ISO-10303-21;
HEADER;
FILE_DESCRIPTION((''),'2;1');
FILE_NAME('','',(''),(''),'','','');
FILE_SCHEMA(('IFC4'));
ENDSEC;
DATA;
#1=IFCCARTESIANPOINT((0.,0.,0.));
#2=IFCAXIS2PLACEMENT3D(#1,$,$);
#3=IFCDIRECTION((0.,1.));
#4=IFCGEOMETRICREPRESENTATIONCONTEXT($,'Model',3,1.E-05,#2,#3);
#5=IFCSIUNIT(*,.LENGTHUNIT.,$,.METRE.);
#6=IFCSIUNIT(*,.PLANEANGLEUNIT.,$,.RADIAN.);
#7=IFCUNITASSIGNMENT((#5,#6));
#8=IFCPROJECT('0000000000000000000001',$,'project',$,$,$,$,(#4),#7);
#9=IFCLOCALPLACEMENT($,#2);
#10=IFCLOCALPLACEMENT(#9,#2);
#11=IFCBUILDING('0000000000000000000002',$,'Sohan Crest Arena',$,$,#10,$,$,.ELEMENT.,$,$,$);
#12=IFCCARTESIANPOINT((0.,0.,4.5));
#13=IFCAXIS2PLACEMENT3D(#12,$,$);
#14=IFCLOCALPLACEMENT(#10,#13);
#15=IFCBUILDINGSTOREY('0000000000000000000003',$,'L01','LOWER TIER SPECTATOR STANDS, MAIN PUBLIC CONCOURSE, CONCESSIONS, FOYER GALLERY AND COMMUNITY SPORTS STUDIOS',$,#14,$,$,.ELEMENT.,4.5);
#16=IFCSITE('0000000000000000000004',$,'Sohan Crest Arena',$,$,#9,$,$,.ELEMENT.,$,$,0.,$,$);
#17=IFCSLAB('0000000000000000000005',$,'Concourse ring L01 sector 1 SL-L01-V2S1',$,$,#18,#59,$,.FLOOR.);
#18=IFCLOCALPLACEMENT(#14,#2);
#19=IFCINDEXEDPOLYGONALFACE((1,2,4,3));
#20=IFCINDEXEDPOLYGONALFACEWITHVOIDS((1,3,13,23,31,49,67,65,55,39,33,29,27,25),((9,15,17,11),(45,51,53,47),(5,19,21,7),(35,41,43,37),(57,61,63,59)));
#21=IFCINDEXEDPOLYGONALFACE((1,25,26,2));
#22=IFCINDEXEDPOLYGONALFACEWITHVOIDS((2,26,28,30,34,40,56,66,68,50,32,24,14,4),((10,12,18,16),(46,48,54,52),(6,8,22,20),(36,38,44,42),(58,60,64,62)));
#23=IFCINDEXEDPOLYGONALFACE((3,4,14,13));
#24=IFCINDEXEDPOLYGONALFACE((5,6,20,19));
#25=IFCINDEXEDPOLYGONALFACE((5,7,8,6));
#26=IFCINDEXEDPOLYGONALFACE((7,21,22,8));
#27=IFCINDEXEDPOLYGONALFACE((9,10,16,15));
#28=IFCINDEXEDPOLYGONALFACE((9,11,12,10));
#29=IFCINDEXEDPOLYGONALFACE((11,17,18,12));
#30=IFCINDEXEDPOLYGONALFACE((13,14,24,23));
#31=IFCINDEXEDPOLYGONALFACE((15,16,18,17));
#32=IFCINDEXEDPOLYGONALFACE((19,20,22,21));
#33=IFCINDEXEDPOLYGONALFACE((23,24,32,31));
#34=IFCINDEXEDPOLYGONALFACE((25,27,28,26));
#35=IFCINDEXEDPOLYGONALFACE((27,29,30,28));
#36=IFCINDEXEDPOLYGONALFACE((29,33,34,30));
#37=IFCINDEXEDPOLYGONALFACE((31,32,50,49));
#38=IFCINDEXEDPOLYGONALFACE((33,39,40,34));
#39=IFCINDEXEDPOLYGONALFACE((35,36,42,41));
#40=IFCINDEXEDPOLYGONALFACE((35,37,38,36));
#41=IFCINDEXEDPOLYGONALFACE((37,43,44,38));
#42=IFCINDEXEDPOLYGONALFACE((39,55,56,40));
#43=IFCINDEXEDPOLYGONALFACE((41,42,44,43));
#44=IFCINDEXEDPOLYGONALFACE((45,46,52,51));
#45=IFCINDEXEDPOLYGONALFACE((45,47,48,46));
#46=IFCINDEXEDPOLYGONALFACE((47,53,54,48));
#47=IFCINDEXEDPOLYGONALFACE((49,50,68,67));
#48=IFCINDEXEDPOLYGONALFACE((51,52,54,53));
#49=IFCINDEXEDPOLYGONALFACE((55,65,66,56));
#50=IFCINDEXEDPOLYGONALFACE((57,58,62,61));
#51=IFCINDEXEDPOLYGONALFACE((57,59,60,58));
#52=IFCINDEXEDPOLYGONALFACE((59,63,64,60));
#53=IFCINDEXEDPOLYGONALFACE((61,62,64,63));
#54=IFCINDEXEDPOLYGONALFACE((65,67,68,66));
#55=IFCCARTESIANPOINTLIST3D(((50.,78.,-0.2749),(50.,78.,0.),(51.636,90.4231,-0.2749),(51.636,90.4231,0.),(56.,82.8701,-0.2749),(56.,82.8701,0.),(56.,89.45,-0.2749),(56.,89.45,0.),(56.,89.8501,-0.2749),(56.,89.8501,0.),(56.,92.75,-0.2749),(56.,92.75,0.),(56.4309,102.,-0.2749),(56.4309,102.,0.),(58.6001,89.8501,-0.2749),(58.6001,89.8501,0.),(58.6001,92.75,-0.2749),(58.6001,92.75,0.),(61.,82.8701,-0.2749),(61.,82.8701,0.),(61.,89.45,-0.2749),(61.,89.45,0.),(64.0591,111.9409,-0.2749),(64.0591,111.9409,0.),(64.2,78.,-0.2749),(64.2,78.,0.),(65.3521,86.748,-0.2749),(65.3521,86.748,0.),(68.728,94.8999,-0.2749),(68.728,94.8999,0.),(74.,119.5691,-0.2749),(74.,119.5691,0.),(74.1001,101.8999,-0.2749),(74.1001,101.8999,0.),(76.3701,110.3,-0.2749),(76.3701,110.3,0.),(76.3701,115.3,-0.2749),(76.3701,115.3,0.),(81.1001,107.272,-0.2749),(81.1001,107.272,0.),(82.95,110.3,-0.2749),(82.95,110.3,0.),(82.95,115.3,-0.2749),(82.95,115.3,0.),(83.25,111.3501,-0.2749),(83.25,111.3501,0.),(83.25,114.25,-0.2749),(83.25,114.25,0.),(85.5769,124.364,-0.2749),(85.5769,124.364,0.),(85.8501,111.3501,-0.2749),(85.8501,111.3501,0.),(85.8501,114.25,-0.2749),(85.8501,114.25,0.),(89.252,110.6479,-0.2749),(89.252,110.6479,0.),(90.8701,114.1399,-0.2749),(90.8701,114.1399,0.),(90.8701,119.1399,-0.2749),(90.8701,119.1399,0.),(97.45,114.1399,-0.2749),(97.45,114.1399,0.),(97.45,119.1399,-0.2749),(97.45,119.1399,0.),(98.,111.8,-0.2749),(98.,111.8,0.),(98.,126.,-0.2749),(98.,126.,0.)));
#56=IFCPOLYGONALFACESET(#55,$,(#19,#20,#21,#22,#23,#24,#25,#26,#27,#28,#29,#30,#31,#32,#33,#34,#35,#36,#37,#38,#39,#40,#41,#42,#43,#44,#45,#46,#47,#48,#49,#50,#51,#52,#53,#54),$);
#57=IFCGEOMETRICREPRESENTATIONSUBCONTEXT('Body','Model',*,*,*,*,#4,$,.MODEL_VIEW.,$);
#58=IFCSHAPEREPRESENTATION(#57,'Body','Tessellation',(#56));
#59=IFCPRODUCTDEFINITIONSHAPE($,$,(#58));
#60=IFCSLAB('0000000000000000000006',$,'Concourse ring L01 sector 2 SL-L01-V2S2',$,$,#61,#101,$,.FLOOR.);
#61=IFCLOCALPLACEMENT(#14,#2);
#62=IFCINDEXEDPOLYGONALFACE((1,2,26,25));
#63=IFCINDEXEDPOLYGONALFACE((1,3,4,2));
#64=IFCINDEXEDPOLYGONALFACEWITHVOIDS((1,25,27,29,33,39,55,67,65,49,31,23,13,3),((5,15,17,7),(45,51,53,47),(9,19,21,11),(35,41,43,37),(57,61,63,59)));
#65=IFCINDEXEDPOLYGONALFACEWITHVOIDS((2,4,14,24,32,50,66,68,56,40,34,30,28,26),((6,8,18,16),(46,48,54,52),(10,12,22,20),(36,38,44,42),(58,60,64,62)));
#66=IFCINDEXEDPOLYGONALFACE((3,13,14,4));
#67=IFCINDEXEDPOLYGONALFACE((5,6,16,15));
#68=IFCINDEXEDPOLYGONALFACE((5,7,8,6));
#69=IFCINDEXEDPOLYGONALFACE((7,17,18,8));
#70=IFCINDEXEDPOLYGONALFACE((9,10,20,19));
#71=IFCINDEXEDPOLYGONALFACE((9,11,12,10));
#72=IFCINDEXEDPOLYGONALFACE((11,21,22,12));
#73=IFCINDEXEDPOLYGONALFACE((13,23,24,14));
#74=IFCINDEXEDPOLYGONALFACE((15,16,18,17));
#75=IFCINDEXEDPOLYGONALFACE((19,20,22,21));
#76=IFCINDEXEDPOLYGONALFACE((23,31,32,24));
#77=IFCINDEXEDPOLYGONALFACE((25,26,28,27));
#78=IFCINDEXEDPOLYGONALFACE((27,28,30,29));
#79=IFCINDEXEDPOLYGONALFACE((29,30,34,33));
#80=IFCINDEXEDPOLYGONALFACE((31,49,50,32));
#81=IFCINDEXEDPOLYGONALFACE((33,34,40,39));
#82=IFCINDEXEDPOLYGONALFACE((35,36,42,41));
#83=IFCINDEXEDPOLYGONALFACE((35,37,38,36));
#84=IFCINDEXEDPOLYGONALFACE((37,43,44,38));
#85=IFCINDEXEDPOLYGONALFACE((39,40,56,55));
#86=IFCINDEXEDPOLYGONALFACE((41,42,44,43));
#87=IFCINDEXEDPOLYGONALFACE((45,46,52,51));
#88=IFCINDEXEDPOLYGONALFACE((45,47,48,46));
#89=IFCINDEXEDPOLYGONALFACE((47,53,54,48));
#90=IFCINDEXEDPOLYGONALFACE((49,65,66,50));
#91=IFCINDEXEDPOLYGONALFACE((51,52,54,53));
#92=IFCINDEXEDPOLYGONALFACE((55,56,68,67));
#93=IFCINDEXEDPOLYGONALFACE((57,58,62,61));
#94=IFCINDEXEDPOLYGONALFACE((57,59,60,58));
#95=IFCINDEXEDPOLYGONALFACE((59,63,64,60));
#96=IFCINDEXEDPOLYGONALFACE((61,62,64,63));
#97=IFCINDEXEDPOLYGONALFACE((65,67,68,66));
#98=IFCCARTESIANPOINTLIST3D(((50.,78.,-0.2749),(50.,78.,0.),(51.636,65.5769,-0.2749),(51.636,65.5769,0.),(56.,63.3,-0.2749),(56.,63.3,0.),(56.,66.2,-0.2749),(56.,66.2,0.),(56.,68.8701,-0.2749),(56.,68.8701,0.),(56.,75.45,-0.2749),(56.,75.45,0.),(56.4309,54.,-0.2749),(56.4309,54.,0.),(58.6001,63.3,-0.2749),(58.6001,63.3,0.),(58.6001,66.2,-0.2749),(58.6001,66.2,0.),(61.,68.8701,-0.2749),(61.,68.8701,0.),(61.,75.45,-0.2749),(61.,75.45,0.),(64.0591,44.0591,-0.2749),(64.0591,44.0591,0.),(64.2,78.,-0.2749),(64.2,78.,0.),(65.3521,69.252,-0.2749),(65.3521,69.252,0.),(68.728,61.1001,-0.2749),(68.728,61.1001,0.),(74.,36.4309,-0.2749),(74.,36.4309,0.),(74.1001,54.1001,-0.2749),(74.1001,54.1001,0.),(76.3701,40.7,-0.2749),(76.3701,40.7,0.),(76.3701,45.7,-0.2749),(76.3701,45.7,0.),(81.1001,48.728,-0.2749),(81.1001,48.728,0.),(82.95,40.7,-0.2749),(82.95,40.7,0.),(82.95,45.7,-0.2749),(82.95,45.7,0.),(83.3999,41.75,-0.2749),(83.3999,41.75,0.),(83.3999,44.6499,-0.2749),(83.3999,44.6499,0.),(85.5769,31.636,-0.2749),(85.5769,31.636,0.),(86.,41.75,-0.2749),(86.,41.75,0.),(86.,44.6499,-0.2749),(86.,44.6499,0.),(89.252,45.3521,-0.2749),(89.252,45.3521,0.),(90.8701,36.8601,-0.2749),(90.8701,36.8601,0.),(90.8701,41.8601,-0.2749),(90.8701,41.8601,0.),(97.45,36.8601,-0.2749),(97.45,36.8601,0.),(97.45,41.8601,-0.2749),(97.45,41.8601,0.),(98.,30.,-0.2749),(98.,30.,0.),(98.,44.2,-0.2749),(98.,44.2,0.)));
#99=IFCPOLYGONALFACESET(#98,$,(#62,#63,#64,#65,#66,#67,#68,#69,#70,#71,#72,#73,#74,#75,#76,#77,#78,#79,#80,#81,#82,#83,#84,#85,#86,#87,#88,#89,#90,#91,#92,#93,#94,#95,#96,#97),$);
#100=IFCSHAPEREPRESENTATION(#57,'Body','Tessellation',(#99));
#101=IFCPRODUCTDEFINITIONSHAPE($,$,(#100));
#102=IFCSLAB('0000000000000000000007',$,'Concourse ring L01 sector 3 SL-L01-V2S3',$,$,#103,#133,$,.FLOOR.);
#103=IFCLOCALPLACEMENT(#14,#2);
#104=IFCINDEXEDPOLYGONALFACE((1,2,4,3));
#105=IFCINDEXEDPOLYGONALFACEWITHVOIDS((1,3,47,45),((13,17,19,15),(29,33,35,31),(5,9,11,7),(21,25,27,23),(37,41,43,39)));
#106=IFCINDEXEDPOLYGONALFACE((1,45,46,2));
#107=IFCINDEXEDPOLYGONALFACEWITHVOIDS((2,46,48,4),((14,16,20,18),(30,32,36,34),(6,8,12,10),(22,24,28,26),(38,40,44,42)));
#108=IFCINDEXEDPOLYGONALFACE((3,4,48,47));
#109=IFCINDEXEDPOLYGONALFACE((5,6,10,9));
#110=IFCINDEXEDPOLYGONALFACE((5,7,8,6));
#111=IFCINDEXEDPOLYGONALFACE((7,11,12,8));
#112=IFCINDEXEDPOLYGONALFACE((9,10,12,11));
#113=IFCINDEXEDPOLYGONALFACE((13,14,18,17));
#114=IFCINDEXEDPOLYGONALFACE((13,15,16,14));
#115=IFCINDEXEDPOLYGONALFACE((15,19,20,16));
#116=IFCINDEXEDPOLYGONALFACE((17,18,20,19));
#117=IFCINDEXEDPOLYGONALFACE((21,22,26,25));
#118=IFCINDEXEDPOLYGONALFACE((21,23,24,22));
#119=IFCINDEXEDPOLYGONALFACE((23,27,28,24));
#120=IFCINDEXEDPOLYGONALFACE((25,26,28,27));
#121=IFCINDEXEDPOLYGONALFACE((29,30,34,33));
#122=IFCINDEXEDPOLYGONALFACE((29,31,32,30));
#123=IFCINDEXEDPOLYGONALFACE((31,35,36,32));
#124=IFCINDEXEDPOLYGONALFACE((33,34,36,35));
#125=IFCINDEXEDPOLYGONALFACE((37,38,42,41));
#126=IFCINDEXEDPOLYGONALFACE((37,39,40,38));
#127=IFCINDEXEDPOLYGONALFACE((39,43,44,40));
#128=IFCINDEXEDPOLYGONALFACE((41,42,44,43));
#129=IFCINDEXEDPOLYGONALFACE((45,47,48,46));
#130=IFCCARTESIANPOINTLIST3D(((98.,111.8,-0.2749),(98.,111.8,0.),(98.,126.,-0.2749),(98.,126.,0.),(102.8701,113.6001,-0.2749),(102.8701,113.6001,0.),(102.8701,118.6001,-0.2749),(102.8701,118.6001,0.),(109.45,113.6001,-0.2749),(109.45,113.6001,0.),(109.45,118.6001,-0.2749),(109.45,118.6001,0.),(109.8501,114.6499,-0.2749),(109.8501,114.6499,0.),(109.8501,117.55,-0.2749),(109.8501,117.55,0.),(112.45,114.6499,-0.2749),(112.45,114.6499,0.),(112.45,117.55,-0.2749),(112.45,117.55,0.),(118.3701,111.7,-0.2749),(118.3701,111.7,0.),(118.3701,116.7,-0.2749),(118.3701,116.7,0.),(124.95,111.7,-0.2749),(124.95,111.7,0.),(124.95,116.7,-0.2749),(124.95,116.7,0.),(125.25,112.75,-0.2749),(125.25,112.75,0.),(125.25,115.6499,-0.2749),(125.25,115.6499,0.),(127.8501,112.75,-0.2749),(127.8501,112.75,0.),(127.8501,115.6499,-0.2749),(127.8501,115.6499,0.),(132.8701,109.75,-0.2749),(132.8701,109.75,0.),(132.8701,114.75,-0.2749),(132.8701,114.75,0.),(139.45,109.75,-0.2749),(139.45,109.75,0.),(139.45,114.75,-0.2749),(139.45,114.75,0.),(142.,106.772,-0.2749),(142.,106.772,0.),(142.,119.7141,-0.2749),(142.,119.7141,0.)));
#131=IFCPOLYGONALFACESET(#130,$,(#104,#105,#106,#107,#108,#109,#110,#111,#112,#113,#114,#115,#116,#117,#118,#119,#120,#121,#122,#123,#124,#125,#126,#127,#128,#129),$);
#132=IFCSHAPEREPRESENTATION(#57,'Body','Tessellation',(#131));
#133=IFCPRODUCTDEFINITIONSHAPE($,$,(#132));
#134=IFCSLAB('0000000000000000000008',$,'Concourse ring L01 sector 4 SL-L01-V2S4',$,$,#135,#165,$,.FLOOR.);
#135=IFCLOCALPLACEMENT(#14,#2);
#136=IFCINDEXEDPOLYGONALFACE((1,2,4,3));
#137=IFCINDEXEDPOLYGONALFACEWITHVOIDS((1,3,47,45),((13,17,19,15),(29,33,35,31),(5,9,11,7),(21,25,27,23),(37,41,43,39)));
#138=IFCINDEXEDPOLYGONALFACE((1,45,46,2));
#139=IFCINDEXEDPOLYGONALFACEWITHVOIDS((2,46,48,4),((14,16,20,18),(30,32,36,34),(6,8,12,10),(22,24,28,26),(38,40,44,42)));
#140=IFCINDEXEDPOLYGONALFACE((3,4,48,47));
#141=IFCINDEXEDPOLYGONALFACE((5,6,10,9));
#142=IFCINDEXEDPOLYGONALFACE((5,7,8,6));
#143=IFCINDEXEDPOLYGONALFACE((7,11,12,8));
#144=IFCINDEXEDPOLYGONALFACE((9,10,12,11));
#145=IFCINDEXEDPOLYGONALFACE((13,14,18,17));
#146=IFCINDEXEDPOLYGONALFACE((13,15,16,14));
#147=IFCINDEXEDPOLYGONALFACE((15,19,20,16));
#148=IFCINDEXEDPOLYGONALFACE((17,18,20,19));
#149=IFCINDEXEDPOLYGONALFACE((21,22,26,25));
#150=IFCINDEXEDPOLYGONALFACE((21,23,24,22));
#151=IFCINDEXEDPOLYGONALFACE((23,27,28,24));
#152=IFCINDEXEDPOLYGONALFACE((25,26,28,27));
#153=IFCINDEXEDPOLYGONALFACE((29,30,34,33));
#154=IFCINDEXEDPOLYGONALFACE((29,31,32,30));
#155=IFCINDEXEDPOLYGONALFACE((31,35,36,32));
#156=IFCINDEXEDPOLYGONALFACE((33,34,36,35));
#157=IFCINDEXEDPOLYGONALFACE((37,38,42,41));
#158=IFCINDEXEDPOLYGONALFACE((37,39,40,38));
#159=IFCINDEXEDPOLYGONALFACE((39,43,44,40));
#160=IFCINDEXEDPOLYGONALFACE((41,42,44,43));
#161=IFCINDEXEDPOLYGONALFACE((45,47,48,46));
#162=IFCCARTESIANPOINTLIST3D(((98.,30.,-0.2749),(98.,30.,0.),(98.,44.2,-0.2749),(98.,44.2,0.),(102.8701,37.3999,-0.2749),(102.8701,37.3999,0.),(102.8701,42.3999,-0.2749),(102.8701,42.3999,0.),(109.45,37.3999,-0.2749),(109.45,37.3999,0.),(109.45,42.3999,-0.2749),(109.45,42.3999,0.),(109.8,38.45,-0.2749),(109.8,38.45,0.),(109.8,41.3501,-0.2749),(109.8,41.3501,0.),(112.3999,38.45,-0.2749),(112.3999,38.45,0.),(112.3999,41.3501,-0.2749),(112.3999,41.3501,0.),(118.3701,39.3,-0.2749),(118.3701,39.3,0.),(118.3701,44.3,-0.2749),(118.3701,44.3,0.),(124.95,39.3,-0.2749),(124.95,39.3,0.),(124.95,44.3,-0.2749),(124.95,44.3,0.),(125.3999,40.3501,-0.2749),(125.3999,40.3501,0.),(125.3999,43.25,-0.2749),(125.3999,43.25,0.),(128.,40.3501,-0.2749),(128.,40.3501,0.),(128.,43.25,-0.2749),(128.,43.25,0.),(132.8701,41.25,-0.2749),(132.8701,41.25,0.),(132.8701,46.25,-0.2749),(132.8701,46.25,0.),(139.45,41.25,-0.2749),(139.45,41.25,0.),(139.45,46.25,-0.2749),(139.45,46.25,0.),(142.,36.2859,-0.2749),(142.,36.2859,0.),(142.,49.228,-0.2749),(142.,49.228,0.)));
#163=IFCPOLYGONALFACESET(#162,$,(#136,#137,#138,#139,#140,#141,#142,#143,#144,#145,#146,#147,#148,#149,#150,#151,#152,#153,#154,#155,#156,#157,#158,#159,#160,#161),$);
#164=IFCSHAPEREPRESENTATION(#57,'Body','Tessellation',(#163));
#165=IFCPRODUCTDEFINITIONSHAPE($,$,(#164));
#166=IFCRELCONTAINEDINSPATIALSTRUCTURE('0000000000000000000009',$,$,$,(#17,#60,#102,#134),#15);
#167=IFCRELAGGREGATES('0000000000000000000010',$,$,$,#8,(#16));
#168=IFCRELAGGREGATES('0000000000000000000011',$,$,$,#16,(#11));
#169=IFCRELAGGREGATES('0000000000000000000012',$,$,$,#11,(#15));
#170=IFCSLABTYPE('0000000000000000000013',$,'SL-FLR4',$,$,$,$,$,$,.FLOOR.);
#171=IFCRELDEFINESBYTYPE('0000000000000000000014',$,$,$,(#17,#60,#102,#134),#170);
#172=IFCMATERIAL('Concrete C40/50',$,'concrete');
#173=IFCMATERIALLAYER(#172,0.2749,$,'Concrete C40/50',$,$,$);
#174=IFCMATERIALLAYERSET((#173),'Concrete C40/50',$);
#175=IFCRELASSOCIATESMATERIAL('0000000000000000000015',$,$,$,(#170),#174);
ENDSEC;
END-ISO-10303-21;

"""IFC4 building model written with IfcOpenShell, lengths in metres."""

from ifc_helpers import new_model, si_unit, direction, frame, origin, place, context, subcontext, project, spatial, polyline, outline, extrude, material, layer, layer_set, type_object, element, save


model = new_model("IFC4")

# Units and contexts
model_context = context("Model", 3, precision=1e-05, world=origin(), true_north=direction((0.0, 1.0)))
body_context = subcontext(model_context, "Body", "Model", "MODEL_VIEW")
ifc_project = project(units=[si_unit("LENGTHUNIT", "METRE"), si_unit("PLANEANGLEUNIT", "RADIAN")], contexts=[model_context])

# Site, building, storey
site_placement = place(None, origin())
site = spatial("IfcSite", under=ifc_project, at=site_placement, Name="Sohan Crest Arena", CompositionType="ELEMENT", RefElevation=0.0)
building_placement = place(site_placement, origin())
building = spatial("IfcBuilding", under=site, at=building_placement, Name="Sohan Crest Arena", CompositionType="ELEMENT")
storey_placement = place(building_placement, frame((0.0, 0.0, 4.5)))
storey = spatial("IfcBuildingStorey", under=building, at=storey_placement, Name="L01", Description="LOWER TIER SPECTATOR STANDS, MAIN PUBLIC CONCOURSE, CONCESSIONS, FOYER GALLERY AND COMMUNITY SPORTS STUDIOS", CompositionType="ELEMENT", Elevation=4.5)

# Slabs
ifc_material_1 = material(Name="Concrete C40/50", Category="concrete")
ifc_layer_1 = layer(ifc_material_1, 0.2749, Name="Concrete C40/50")
ifc_layer_set_1 = layer_set([ifc_layer_1], Name="Concrete C40/50")
slab_type_1 = type_object("IfcSlabType", Name="SL-FLR4", PredefinedType="FLOOR", material=ifc_layer_set_1)
slab_1_placement = place(storey_placement, frame((0.0, 0.0, -0.2749)))
element("IfcSlab", 1, at=slab_1_placement, inside=storey, type_object=slab_type_1, Name="Concourse ring L01 sector 1 SL-L01-V2S1", PredefinedType="FLOOR", context=body_context, shape_type="SweptSolid", body=[
    extrude(outline(polyline([(51.636, 90.4231), (56.4309, 102.0), (64.0591, 111.9409), (74.0, 119.5691), (85.5769, 124.364), (98.0, 126.0), (98.0, 111.8), (89.252, 110.6479), (81.1001, 107.272), (74.1001, 101.8999), (68.728, 94.8999), (65.3521, 86.748), (64.2, 78.0), (50.0, 78.0), (51.636, 90.4231)]), holes=[polyline([(56.0, 82.8701), (61.0, 82.8701), (61.0, 89.45), (56.0, 89.45), (56.0, 82.8701)]), polyline([(56.0, 92.75), (56.0, 89.8501), (58.6001, 89.8501), (58.6001, 92.75), (56.0, 92.75)]), polyline([(76.3701, 110.3), (82.95, 110.3), (82.95, 115.3), (76.3701, 115.3), (76.3701, 110.3)]), polyline([(83.25, 114.25), (83.25, 111.3501), (85.8501, 111.3501), (85.8501, 114.25), (83.25, 114.25)]), polyline([(97.45, 114.1399), (97.45, 119.1399), (90.8701, 119.1399), (90.8701, 114.1399), (97.45, 114.1399)])]), origin(), (0.0, 0.0, 1.0), 0.2749),
])
slab_2_placement = place(storey_placement, frame((0.0, 0.0, -0.2749)))
element("IfcSlab", 2, at=slab_2_placement, inside=storey, type_object=slab_type_1, Name="Concourse ring L01 sector 2 SL-L01-V2S2", PredefinedType="FLOOR", context=body_context, shape_type="SweptSolid", body=[
    extrude(outline(polyline([(64.0591, 44.0591), (56.4309, 54.0), (51.636, 65.5769), (50.0, 78.0), (64.2, 78.0), (65.3521, 69.252), (68.728, 61.1001), (74.1001, 54.1001), (81.1001, 48.728), (89.252, 45.3521), (98.0, 44.2), (98.0, 30.0), (85.5769, 31.636), (74.0, 36.4309), (64.0591, 44.0591)]), holes=[polyline([(61.0, 75.45), (56.0, 75.45), (56.0, 68.8701), (61.0, 68.8701), (61.0, 75.45)]), polyline([(58.6001, 63.3), (58.6001, 66.2), (56.0, 66.2), (56.0, 63.3), (58.6001, 63.3)]), polyline([(82.95, 45.7), (76.3701, 45.7), (76.3701, 40.7), (82.95, 40.7), (82.95, 45.7)]), polyline([(86.0, 41.75), (86.0, 44.6499), (83.3999, 44.6499), (83.3999, 41.75), (86.0, 41.75)]), polyline([(97.45, 41.8601), (90.8701, 41.8601), (90.8701, 36.8601), (97.45, 36.8601), (97.45, 41.8601)])]), origin(), (0.0, 0.0, 1.0), 0.2749),
])
slab_3_placement = place(storey_placement, frame((0.0, 0.0, -0.2749)))
element("IfcSlab", 3, at=slab_3_placement, inside=storey, type_object=slab_type_1, Name="Concourse ring L01 sector 3 SL-L01-V2S3", PredefinedType="FLOOR", context=body_context, shape_type="SweptSolid", body=[
    extrude(outline(polyline([(98.0, 126.0), (142.0, 119.7141), (142.0, 106.772), (98.0, 111.8), (98.0, 126.0)]), holes=[polyline([(102.8701, 113.6001), (109.45, 113.6001), (109.45, 118.6001), (102.8701, 118.6001), (102.8701, 113.6001)]), polyline([(109.8501, 117.55), (109.8501, 114.6499), (112.45, 114.6499), (112.45, 117.55), (109.8501, 117.55)]), polyline([(118.3701, 111.7), (124.95, 111.7), (124.95, 116.7), (118.3701, 116.7), (118.3701, 111.7)]), polyline([(125.25, 115.6499), (125.25, 112.75), (127.8501, 112.75), (127.8501, 115.6499), (125.25, 115.6499)]), polyline([(132.8701, 114.75), (132.8701, 109.75), (139.45, 109.75), (139.45, 114.75), (132.8701, 114.75)])]), origin(), (0.0, 0.0, 1.0), 0.2749),
])
slab_4_placement = place(storey_placement, frame((0.0, 0.0, -0.2749)))
element("IfcSlab", 4, at=slab_4_placement, inside=storey, type_object=slab_type_1, Name="Concourse ring L01 sector 4 SL-L01-V2S4", PredefinedType="FLOOR", context=body_context, shape_type="SweptSolid", body=[
    extrude(outline(polyline([(142.0, 36.2859), (98.0, 30.0), (98.0, 44.2), (142.0, 49.228), (142.0, 36.2859)]), holes=[polyline([(109.45, 42.3999), (102.8701, 42.3999), (102.8701, 37.3999), (109.45, 37.3999), (109.45, 42.3999)]), polyline([(112.3999, 38.45), (112.3999, 41.3501), (109.8, 41.3501), (109.8, 38.45), (112.3999, 38.45)]), polyline([(124.95, 44.3), (118.3701, 44.3), (118.3701, 39.3), (124.95, 39.3), (124.95, 44.3)]), polyline([(128.0, 40.3501), (128.0, 43.25), (125.3999, 43.25), (125.3999, 40.3501), (128.0, 40.3501)]), polyline([(132.8701, 41.25), (139.45, 41.25), (139.45, 46.25), (132.8701, 46.25), (132.8701, 41.25)])]), origin(), (0.0, 0.0, 1.0), 0.2749),
])

save(model, "model.ifc")
